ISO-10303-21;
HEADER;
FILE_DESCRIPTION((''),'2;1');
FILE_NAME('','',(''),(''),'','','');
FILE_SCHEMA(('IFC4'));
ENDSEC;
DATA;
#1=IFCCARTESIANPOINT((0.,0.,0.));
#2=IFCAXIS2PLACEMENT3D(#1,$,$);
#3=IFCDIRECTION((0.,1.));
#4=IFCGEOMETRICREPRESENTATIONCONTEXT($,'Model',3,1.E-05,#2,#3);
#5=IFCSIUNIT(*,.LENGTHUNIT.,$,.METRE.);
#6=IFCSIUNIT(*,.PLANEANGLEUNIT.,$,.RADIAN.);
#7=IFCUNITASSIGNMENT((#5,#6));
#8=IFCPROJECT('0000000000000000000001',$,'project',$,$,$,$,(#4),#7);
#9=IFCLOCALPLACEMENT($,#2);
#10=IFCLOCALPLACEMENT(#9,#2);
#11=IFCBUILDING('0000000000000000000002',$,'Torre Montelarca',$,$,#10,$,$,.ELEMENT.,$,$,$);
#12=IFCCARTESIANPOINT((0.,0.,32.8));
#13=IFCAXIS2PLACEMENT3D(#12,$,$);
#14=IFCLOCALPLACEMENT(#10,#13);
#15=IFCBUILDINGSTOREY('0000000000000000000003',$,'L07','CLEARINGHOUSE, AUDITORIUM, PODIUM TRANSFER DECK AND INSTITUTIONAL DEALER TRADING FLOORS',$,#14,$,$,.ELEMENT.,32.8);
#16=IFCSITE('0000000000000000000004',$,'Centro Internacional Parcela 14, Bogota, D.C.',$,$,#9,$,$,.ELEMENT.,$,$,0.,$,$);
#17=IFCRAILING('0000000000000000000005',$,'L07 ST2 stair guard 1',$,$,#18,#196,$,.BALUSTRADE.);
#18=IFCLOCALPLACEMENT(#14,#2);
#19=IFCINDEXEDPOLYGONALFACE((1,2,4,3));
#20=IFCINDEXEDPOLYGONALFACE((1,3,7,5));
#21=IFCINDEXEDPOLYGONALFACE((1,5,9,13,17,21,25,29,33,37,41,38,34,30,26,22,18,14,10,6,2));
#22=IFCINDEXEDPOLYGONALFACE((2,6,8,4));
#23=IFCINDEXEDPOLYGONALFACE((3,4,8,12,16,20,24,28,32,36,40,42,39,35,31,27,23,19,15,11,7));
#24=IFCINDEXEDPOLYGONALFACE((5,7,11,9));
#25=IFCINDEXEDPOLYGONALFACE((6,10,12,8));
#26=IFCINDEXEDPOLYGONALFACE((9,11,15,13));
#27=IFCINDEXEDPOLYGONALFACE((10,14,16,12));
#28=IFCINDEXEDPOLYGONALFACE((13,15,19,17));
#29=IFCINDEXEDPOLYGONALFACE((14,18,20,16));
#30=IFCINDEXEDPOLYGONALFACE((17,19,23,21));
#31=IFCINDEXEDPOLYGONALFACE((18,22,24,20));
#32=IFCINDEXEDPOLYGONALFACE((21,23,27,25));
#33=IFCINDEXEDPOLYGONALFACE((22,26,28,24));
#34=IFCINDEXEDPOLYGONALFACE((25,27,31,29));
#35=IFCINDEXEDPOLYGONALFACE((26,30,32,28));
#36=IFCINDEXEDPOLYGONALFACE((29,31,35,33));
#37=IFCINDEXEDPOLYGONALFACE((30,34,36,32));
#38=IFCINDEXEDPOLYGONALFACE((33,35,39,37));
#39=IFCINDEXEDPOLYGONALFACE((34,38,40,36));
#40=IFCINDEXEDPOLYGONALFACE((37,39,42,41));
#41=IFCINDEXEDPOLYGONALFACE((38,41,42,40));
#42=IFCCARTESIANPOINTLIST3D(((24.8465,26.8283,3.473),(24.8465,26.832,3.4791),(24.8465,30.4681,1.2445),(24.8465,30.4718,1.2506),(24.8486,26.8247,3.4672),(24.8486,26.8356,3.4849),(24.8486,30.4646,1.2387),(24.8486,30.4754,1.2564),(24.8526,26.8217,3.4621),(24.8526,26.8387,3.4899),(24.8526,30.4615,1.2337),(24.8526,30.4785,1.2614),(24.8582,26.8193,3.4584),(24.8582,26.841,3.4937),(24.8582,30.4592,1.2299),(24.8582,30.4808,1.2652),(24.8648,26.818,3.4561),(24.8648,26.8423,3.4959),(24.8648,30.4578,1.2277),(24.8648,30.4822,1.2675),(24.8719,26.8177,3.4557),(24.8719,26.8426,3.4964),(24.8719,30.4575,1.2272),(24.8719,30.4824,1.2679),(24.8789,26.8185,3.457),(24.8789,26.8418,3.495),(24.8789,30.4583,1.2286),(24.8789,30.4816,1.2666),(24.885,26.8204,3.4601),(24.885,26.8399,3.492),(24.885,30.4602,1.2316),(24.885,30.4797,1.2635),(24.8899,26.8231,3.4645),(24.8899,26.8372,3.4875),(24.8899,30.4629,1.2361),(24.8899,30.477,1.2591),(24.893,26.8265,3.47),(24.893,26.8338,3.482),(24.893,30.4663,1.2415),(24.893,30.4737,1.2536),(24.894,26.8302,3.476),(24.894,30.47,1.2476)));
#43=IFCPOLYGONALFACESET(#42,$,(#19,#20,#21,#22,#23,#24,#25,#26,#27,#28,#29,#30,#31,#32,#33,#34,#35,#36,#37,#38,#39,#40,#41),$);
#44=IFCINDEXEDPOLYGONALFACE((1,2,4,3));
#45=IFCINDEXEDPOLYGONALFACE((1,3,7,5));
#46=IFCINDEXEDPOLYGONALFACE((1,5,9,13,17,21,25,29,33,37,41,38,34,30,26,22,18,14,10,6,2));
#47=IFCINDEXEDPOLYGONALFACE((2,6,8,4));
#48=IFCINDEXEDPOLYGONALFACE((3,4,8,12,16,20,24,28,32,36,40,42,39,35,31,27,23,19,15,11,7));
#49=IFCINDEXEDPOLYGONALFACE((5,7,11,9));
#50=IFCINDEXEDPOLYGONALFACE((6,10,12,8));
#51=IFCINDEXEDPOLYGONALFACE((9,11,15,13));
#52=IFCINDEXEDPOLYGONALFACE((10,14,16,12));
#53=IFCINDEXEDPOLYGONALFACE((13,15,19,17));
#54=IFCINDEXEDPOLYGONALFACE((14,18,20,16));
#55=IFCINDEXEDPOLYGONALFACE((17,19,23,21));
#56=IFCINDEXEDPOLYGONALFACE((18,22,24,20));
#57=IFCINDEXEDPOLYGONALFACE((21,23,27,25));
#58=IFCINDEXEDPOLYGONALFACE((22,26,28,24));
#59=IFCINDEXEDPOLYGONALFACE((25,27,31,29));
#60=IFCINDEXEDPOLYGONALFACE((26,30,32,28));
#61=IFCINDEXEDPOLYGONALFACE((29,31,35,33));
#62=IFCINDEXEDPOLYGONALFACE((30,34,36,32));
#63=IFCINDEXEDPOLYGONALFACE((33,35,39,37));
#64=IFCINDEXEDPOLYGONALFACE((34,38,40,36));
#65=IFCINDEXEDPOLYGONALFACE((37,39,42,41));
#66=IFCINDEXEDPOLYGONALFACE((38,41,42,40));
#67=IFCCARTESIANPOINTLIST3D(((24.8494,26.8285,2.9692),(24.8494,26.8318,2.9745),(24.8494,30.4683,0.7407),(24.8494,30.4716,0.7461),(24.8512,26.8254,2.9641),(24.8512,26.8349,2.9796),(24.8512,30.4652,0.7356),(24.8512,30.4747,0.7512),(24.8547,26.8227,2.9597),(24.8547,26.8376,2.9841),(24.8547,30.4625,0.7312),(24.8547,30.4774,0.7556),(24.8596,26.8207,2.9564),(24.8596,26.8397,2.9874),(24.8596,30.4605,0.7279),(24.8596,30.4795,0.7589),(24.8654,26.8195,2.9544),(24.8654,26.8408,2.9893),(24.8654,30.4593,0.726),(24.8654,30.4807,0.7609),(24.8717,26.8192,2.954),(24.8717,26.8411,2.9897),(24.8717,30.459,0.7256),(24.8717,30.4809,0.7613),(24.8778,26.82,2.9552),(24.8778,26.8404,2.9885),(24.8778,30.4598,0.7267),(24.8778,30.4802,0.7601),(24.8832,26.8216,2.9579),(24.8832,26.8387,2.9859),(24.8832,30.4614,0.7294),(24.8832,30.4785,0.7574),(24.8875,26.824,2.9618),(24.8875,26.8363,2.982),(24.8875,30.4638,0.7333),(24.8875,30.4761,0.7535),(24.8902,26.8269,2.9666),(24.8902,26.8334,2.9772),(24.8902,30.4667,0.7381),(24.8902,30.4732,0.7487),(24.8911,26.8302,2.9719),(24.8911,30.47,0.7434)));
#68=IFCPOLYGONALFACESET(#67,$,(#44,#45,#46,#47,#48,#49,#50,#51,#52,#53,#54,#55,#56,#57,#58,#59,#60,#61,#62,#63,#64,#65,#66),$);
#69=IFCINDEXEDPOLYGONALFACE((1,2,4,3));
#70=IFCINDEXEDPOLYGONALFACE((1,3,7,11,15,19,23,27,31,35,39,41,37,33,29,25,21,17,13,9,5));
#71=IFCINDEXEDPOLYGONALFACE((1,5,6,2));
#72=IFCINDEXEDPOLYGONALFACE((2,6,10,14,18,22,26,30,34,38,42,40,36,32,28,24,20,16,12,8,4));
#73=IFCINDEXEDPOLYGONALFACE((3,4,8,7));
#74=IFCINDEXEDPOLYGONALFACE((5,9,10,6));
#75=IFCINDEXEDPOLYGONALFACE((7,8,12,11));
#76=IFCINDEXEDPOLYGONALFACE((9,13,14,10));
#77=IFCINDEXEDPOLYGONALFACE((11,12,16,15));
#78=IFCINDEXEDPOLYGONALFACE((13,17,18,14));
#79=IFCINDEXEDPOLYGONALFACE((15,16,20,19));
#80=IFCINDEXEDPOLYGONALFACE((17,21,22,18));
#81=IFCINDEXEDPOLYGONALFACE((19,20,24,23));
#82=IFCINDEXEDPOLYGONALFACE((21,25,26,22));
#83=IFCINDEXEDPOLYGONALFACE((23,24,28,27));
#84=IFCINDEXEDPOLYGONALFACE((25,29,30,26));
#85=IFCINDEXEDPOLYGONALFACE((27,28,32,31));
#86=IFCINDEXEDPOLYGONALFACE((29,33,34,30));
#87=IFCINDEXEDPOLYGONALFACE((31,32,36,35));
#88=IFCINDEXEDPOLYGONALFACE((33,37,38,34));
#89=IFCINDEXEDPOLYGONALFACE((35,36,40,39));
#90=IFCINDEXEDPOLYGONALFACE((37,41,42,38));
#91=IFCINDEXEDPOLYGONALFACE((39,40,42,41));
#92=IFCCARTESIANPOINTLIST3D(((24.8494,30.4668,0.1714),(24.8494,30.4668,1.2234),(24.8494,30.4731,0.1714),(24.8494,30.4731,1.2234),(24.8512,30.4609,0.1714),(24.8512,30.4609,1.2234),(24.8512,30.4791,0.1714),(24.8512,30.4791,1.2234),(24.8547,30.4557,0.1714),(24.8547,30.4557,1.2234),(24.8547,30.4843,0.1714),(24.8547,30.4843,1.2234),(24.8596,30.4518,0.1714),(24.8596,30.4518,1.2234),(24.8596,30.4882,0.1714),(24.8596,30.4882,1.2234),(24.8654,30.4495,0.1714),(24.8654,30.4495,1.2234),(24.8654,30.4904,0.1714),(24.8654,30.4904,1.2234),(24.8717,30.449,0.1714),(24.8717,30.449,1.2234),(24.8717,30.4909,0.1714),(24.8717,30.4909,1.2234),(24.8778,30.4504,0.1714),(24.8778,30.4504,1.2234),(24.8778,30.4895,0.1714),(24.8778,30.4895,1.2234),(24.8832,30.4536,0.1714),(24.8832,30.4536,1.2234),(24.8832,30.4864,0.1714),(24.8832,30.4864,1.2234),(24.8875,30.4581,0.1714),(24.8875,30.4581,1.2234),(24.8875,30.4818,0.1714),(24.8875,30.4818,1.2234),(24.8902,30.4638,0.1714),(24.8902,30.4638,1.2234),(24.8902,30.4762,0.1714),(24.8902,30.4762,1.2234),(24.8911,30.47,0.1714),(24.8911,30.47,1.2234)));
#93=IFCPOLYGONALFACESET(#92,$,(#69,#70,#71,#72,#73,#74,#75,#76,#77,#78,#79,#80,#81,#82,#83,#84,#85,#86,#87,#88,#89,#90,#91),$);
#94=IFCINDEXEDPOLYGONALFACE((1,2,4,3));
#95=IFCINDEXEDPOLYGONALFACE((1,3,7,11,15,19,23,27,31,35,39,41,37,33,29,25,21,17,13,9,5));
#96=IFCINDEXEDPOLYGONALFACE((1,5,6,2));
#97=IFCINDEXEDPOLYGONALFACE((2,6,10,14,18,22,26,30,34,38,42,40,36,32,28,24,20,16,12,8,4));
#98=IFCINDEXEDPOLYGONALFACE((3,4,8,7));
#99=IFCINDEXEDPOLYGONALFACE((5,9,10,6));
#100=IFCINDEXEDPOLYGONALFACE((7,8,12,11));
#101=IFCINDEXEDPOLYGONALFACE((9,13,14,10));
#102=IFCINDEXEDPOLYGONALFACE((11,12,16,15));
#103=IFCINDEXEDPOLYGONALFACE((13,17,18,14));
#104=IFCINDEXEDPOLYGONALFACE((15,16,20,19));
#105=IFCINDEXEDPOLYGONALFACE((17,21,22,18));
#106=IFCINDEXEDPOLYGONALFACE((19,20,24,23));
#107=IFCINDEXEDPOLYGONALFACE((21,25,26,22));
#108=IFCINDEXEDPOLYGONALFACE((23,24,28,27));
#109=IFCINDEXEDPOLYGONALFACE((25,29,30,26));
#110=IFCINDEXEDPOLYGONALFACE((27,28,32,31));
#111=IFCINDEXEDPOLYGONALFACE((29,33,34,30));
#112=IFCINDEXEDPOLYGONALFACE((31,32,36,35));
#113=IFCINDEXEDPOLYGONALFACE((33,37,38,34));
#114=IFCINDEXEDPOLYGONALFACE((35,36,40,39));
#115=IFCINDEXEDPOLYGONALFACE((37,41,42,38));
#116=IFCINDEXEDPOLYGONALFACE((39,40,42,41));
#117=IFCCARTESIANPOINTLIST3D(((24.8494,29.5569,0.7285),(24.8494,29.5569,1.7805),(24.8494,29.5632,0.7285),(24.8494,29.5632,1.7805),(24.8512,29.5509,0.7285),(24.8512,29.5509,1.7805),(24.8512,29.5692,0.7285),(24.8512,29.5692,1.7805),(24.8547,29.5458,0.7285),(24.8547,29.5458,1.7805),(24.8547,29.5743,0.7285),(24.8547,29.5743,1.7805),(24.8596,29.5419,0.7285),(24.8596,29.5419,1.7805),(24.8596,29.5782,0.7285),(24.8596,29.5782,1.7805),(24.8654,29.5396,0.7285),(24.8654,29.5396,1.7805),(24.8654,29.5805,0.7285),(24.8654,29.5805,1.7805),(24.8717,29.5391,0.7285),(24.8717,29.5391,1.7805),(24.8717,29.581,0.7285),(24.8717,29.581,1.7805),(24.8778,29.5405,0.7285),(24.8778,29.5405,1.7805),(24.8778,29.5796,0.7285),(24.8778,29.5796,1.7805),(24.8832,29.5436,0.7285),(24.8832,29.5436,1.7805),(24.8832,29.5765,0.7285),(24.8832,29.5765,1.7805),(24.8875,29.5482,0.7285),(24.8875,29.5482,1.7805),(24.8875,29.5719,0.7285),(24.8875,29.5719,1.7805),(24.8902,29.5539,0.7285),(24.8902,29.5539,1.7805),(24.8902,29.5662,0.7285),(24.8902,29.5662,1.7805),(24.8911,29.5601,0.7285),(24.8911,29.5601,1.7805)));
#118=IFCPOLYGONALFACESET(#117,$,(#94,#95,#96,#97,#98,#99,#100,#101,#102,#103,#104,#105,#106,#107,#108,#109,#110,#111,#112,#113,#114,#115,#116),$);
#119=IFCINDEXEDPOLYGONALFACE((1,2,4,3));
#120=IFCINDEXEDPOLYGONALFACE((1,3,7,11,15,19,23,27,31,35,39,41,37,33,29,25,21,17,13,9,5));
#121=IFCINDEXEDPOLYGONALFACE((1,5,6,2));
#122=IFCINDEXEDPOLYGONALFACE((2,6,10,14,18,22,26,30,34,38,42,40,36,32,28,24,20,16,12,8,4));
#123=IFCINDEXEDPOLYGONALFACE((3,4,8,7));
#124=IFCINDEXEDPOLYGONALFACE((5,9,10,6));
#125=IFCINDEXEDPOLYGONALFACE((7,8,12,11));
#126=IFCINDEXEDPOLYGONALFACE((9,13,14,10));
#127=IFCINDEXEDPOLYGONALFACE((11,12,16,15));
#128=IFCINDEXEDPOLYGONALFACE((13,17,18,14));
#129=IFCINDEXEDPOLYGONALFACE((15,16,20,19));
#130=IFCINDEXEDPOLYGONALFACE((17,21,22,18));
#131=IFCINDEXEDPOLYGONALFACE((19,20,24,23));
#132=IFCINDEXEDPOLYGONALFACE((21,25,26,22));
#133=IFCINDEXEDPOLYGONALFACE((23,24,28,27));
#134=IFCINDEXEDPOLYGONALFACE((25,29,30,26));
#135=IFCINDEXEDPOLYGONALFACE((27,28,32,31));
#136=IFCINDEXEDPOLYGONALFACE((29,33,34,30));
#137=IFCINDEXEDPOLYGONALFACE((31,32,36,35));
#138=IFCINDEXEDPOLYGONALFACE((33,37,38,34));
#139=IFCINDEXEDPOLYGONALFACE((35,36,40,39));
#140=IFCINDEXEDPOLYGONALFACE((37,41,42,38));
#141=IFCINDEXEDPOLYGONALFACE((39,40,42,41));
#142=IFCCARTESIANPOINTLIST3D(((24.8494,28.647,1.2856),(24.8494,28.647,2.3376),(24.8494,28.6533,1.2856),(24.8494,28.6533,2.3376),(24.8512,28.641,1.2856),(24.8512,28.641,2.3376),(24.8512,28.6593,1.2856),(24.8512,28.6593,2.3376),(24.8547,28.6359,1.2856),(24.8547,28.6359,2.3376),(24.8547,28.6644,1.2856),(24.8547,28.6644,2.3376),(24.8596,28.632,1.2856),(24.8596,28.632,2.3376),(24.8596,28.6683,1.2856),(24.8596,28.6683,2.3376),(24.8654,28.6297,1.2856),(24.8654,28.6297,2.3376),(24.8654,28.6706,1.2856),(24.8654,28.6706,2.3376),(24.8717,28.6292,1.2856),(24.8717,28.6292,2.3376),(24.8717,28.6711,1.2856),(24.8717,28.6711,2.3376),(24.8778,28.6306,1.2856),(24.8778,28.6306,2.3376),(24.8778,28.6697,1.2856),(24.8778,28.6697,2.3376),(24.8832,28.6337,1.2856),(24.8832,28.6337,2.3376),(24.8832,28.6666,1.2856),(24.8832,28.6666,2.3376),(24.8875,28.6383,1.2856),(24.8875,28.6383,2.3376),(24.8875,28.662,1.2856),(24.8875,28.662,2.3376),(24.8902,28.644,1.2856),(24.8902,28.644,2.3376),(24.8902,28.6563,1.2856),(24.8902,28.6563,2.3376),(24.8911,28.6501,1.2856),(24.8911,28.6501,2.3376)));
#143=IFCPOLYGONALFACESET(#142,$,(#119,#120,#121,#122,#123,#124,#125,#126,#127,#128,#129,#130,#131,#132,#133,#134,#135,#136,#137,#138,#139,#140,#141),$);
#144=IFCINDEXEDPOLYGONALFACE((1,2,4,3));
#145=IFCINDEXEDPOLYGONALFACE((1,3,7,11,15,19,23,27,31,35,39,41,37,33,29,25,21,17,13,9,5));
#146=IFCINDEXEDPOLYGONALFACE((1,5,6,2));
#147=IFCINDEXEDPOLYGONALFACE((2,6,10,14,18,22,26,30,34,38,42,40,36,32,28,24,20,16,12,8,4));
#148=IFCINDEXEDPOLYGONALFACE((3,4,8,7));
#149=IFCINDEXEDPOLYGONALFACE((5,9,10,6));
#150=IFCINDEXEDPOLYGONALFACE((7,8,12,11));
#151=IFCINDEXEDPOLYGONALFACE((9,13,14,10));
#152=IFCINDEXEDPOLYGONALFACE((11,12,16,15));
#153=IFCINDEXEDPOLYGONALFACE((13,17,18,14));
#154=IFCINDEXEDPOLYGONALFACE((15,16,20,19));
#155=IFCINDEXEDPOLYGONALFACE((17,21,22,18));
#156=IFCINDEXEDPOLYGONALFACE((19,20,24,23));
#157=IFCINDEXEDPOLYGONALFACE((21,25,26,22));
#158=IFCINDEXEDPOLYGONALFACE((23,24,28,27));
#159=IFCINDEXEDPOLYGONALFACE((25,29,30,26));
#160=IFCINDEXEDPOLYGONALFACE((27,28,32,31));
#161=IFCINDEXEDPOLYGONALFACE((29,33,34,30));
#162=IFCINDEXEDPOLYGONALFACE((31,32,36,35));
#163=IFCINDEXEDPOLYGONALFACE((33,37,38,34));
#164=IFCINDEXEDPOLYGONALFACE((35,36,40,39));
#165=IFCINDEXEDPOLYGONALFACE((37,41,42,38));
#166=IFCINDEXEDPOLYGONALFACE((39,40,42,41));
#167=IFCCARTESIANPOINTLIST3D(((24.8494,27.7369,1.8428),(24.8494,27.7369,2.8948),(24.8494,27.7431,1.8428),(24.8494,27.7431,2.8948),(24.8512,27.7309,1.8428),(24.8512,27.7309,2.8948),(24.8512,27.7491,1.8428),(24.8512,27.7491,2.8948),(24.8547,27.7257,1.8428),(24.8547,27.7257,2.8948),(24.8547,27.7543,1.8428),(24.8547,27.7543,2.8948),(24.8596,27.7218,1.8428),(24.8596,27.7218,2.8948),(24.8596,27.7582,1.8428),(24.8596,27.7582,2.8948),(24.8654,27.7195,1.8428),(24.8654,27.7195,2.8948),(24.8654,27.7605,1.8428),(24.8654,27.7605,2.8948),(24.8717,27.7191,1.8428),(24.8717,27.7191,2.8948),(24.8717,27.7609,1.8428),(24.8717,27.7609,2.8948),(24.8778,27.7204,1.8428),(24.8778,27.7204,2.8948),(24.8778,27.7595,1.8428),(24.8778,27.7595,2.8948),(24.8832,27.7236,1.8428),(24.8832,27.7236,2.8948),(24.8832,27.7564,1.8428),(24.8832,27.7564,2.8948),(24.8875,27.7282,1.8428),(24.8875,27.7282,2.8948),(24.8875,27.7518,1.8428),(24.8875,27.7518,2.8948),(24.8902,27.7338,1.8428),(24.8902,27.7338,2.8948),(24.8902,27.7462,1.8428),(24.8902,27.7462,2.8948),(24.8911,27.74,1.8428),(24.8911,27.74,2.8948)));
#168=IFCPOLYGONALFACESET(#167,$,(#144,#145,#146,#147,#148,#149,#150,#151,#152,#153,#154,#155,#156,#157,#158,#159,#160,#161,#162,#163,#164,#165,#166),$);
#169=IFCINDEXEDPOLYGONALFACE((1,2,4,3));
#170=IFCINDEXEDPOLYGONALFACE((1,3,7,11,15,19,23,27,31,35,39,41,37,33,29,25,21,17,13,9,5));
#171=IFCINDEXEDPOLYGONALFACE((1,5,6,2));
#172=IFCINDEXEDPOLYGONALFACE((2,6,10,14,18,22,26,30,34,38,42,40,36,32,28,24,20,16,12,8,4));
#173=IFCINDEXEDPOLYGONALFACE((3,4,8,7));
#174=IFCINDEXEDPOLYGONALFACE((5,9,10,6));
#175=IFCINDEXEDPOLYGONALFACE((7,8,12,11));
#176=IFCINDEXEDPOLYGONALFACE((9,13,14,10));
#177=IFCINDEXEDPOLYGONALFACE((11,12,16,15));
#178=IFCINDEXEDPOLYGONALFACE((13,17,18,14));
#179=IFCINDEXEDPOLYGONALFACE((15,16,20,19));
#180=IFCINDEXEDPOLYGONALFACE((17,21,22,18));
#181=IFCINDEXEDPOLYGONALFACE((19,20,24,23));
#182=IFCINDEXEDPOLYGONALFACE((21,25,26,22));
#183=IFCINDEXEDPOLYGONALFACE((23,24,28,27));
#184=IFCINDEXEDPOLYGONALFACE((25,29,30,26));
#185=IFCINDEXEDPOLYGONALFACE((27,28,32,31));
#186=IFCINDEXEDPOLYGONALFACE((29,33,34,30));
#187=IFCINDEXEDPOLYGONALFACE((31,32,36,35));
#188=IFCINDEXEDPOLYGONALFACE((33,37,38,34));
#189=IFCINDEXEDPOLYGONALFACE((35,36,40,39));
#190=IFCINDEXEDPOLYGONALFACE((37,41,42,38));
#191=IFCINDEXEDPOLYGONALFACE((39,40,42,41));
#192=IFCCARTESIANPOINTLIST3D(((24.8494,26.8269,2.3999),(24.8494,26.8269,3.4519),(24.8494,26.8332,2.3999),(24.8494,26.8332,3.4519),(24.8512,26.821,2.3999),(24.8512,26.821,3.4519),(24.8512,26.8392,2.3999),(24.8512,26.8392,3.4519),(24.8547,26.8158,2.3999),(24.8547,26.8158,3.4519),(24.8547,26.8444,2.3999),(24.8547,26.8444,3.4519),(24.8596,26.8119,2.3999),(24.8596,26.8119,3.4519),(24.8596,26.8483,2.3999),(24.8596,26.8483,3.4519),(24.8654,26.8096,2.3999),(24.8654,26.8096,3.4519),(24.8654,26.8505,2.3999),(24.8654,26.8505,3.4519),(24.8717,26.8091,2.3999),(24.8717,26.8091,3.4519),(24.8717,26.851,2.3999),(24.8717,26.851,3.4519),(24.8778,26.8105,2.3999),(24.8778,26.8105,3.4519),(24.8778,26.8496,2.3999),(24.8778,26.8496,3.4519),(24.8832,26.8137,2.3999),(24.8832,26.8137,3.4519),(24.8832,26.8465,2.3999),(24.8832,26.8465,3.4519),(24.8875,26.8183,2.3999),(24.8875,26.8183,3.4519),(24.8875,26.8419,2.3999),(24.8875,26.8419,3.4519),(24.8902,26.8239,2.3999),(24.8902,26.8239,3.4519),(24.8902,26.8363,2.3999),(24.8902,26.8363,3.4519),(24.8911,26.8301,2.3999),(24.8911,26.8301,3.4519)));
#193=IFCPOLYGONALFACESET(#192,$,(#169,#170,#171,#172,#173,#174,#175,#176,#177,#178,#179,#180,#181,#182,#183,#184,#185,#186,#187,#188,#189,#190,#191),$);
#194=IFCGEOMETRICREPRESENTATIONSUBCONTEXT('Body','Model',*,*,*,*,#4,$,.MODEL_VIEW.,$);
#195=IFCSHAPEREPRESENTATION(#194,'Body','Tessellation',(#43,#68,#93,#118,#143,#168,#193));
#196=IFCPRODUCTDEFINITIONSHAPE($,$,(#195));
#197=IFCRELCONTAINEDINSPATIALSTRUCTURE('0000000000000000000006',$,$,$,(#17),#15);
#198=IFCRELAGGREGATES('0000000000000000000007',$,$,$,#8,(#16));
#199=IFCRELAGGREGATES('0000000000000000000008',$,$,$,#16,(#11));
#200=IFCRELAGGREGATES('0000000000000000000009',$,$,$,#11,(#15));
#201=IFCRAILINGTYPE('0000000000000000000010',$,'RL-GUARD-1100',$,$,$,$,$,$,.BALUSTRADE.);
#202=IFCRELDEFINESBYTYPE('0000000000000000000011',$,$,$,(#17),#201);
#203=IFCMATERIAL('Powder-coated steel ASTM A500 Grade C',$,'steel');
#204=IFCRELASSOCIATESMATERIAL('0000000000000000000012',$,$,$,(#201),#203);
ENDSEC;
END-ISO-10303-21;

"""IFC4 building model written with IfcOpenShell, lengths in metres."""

from ifc_helpers import new_model, si_unit, direction, frame, origin, origin_2d, place, context, subcontext, project, spatial, circle, extrude, material, type_object, element, save


model = new_model("IFC4")

# Units and contexts
model_context = context("Model", 3, precision=1e-05, world=origin(), true_north=direction((0.0, 1.0)))
body_context = subcontext(model_context, "Body", "Model", "MODEL_VIEW")
ifc_project = project(units=[si_unit("LENGTHUNIT", "METRE"), si_unit("PLANEANGLEUNIT", "RADIAN")], contexts=[model_context])

# Site, building, storey
site_placement = place(None, origin())
site = spatial("IfcSite", under=ifc_project, at=site_placement, Name="Centro Internacional Parcela 14, Bogota, D.C.", CompositionType="ELEMENT", RefElevation=0.0)
building_placement = place(site_placement, origin())
building = spatial("IfcBuilding", under=site, at=building_placement, Name="Torre Montelarca", CompositionType="ELEMENT")
storey_placement = place(building_placement, frame((0.0, 0.0, 32.8)))
storey = spatial("IfcBuildingStorey", under=building, at=storey_placement, Name="L07", Description="CLEARINGHOUSE, AUDITORIUM, PODIUM TRANSFER DECK AND INSTITUTIONAL DEALER TRADING FLOORS", CompositionType="ELEMENT", Elevation=32.8)

# Railing
ifc_material_1 = material(Name="Powder-coated steel ASTM A500 Grade C", Category="steel")
railing_type_1 = type_object("IfcRailingType", Name="RL-GUARD-1100", PredefinedType="BALUSTRADE", material=ifc_material_1)
railing_1_placement = place(storey_placement, frame((24.8701, 30.47, 0.1714)))
element("IfcRailing", 1, at=railing_1_placement, inside=storey, type_object=railing_type_1, Name="L07 ST2 stair guard 1", PredefinedType="BALUSTRADE", context=body_context, shape_type="SweptSolid", body=[
    extrude(circle(Radius=0.0239, at=origin_2d()), frame((0.0, 0.0, 1.0762), z_axis=(0.0, -0.85285, 0.522156), x_axis=(1.0, 0.0, 0.0)), (0.0, 0.0, 1.0), 4.2678),
    extrude(circle(Radius=0.021, at=origin_2d()), frame((0.0, 0.0, 0.572), z_axis=(0.0, -0.85285, 0.522156), x_axis=(1.0, 0.0, 0.0)), (0.0, 0.0, 1.0), 4.2678),
    extrude(circle(Radius=0.021, at=origin_2d()), origin(), (0.0, 0.0, 1.0), 1.052),
    extrude(circle(Radius=0.021, at=origin_2d()), frame((0.0, -0.9099, 0.5571)), (0.0, 0.0, 1.0), 1.052),
    extrude(circle(Radius=0.021, at=origin_2d()), frame((0.0, -1.8198, 1.1143)), (0.0, 0.0, 1.0), 1.052),
    extrude(circle(Radius=0.021, at=origin_2d()), frame((0.0, -2.73, 1.6714)), (0.0, 0.0, 1.0), 1.052),
    extrude(circle(Radius=0.021, at=origin_2d()), frame((0.0, -3.6399, 2.2285)), (0.0, 0.0, 1.0), 1.052),
])

save(model, "model.ifc")
